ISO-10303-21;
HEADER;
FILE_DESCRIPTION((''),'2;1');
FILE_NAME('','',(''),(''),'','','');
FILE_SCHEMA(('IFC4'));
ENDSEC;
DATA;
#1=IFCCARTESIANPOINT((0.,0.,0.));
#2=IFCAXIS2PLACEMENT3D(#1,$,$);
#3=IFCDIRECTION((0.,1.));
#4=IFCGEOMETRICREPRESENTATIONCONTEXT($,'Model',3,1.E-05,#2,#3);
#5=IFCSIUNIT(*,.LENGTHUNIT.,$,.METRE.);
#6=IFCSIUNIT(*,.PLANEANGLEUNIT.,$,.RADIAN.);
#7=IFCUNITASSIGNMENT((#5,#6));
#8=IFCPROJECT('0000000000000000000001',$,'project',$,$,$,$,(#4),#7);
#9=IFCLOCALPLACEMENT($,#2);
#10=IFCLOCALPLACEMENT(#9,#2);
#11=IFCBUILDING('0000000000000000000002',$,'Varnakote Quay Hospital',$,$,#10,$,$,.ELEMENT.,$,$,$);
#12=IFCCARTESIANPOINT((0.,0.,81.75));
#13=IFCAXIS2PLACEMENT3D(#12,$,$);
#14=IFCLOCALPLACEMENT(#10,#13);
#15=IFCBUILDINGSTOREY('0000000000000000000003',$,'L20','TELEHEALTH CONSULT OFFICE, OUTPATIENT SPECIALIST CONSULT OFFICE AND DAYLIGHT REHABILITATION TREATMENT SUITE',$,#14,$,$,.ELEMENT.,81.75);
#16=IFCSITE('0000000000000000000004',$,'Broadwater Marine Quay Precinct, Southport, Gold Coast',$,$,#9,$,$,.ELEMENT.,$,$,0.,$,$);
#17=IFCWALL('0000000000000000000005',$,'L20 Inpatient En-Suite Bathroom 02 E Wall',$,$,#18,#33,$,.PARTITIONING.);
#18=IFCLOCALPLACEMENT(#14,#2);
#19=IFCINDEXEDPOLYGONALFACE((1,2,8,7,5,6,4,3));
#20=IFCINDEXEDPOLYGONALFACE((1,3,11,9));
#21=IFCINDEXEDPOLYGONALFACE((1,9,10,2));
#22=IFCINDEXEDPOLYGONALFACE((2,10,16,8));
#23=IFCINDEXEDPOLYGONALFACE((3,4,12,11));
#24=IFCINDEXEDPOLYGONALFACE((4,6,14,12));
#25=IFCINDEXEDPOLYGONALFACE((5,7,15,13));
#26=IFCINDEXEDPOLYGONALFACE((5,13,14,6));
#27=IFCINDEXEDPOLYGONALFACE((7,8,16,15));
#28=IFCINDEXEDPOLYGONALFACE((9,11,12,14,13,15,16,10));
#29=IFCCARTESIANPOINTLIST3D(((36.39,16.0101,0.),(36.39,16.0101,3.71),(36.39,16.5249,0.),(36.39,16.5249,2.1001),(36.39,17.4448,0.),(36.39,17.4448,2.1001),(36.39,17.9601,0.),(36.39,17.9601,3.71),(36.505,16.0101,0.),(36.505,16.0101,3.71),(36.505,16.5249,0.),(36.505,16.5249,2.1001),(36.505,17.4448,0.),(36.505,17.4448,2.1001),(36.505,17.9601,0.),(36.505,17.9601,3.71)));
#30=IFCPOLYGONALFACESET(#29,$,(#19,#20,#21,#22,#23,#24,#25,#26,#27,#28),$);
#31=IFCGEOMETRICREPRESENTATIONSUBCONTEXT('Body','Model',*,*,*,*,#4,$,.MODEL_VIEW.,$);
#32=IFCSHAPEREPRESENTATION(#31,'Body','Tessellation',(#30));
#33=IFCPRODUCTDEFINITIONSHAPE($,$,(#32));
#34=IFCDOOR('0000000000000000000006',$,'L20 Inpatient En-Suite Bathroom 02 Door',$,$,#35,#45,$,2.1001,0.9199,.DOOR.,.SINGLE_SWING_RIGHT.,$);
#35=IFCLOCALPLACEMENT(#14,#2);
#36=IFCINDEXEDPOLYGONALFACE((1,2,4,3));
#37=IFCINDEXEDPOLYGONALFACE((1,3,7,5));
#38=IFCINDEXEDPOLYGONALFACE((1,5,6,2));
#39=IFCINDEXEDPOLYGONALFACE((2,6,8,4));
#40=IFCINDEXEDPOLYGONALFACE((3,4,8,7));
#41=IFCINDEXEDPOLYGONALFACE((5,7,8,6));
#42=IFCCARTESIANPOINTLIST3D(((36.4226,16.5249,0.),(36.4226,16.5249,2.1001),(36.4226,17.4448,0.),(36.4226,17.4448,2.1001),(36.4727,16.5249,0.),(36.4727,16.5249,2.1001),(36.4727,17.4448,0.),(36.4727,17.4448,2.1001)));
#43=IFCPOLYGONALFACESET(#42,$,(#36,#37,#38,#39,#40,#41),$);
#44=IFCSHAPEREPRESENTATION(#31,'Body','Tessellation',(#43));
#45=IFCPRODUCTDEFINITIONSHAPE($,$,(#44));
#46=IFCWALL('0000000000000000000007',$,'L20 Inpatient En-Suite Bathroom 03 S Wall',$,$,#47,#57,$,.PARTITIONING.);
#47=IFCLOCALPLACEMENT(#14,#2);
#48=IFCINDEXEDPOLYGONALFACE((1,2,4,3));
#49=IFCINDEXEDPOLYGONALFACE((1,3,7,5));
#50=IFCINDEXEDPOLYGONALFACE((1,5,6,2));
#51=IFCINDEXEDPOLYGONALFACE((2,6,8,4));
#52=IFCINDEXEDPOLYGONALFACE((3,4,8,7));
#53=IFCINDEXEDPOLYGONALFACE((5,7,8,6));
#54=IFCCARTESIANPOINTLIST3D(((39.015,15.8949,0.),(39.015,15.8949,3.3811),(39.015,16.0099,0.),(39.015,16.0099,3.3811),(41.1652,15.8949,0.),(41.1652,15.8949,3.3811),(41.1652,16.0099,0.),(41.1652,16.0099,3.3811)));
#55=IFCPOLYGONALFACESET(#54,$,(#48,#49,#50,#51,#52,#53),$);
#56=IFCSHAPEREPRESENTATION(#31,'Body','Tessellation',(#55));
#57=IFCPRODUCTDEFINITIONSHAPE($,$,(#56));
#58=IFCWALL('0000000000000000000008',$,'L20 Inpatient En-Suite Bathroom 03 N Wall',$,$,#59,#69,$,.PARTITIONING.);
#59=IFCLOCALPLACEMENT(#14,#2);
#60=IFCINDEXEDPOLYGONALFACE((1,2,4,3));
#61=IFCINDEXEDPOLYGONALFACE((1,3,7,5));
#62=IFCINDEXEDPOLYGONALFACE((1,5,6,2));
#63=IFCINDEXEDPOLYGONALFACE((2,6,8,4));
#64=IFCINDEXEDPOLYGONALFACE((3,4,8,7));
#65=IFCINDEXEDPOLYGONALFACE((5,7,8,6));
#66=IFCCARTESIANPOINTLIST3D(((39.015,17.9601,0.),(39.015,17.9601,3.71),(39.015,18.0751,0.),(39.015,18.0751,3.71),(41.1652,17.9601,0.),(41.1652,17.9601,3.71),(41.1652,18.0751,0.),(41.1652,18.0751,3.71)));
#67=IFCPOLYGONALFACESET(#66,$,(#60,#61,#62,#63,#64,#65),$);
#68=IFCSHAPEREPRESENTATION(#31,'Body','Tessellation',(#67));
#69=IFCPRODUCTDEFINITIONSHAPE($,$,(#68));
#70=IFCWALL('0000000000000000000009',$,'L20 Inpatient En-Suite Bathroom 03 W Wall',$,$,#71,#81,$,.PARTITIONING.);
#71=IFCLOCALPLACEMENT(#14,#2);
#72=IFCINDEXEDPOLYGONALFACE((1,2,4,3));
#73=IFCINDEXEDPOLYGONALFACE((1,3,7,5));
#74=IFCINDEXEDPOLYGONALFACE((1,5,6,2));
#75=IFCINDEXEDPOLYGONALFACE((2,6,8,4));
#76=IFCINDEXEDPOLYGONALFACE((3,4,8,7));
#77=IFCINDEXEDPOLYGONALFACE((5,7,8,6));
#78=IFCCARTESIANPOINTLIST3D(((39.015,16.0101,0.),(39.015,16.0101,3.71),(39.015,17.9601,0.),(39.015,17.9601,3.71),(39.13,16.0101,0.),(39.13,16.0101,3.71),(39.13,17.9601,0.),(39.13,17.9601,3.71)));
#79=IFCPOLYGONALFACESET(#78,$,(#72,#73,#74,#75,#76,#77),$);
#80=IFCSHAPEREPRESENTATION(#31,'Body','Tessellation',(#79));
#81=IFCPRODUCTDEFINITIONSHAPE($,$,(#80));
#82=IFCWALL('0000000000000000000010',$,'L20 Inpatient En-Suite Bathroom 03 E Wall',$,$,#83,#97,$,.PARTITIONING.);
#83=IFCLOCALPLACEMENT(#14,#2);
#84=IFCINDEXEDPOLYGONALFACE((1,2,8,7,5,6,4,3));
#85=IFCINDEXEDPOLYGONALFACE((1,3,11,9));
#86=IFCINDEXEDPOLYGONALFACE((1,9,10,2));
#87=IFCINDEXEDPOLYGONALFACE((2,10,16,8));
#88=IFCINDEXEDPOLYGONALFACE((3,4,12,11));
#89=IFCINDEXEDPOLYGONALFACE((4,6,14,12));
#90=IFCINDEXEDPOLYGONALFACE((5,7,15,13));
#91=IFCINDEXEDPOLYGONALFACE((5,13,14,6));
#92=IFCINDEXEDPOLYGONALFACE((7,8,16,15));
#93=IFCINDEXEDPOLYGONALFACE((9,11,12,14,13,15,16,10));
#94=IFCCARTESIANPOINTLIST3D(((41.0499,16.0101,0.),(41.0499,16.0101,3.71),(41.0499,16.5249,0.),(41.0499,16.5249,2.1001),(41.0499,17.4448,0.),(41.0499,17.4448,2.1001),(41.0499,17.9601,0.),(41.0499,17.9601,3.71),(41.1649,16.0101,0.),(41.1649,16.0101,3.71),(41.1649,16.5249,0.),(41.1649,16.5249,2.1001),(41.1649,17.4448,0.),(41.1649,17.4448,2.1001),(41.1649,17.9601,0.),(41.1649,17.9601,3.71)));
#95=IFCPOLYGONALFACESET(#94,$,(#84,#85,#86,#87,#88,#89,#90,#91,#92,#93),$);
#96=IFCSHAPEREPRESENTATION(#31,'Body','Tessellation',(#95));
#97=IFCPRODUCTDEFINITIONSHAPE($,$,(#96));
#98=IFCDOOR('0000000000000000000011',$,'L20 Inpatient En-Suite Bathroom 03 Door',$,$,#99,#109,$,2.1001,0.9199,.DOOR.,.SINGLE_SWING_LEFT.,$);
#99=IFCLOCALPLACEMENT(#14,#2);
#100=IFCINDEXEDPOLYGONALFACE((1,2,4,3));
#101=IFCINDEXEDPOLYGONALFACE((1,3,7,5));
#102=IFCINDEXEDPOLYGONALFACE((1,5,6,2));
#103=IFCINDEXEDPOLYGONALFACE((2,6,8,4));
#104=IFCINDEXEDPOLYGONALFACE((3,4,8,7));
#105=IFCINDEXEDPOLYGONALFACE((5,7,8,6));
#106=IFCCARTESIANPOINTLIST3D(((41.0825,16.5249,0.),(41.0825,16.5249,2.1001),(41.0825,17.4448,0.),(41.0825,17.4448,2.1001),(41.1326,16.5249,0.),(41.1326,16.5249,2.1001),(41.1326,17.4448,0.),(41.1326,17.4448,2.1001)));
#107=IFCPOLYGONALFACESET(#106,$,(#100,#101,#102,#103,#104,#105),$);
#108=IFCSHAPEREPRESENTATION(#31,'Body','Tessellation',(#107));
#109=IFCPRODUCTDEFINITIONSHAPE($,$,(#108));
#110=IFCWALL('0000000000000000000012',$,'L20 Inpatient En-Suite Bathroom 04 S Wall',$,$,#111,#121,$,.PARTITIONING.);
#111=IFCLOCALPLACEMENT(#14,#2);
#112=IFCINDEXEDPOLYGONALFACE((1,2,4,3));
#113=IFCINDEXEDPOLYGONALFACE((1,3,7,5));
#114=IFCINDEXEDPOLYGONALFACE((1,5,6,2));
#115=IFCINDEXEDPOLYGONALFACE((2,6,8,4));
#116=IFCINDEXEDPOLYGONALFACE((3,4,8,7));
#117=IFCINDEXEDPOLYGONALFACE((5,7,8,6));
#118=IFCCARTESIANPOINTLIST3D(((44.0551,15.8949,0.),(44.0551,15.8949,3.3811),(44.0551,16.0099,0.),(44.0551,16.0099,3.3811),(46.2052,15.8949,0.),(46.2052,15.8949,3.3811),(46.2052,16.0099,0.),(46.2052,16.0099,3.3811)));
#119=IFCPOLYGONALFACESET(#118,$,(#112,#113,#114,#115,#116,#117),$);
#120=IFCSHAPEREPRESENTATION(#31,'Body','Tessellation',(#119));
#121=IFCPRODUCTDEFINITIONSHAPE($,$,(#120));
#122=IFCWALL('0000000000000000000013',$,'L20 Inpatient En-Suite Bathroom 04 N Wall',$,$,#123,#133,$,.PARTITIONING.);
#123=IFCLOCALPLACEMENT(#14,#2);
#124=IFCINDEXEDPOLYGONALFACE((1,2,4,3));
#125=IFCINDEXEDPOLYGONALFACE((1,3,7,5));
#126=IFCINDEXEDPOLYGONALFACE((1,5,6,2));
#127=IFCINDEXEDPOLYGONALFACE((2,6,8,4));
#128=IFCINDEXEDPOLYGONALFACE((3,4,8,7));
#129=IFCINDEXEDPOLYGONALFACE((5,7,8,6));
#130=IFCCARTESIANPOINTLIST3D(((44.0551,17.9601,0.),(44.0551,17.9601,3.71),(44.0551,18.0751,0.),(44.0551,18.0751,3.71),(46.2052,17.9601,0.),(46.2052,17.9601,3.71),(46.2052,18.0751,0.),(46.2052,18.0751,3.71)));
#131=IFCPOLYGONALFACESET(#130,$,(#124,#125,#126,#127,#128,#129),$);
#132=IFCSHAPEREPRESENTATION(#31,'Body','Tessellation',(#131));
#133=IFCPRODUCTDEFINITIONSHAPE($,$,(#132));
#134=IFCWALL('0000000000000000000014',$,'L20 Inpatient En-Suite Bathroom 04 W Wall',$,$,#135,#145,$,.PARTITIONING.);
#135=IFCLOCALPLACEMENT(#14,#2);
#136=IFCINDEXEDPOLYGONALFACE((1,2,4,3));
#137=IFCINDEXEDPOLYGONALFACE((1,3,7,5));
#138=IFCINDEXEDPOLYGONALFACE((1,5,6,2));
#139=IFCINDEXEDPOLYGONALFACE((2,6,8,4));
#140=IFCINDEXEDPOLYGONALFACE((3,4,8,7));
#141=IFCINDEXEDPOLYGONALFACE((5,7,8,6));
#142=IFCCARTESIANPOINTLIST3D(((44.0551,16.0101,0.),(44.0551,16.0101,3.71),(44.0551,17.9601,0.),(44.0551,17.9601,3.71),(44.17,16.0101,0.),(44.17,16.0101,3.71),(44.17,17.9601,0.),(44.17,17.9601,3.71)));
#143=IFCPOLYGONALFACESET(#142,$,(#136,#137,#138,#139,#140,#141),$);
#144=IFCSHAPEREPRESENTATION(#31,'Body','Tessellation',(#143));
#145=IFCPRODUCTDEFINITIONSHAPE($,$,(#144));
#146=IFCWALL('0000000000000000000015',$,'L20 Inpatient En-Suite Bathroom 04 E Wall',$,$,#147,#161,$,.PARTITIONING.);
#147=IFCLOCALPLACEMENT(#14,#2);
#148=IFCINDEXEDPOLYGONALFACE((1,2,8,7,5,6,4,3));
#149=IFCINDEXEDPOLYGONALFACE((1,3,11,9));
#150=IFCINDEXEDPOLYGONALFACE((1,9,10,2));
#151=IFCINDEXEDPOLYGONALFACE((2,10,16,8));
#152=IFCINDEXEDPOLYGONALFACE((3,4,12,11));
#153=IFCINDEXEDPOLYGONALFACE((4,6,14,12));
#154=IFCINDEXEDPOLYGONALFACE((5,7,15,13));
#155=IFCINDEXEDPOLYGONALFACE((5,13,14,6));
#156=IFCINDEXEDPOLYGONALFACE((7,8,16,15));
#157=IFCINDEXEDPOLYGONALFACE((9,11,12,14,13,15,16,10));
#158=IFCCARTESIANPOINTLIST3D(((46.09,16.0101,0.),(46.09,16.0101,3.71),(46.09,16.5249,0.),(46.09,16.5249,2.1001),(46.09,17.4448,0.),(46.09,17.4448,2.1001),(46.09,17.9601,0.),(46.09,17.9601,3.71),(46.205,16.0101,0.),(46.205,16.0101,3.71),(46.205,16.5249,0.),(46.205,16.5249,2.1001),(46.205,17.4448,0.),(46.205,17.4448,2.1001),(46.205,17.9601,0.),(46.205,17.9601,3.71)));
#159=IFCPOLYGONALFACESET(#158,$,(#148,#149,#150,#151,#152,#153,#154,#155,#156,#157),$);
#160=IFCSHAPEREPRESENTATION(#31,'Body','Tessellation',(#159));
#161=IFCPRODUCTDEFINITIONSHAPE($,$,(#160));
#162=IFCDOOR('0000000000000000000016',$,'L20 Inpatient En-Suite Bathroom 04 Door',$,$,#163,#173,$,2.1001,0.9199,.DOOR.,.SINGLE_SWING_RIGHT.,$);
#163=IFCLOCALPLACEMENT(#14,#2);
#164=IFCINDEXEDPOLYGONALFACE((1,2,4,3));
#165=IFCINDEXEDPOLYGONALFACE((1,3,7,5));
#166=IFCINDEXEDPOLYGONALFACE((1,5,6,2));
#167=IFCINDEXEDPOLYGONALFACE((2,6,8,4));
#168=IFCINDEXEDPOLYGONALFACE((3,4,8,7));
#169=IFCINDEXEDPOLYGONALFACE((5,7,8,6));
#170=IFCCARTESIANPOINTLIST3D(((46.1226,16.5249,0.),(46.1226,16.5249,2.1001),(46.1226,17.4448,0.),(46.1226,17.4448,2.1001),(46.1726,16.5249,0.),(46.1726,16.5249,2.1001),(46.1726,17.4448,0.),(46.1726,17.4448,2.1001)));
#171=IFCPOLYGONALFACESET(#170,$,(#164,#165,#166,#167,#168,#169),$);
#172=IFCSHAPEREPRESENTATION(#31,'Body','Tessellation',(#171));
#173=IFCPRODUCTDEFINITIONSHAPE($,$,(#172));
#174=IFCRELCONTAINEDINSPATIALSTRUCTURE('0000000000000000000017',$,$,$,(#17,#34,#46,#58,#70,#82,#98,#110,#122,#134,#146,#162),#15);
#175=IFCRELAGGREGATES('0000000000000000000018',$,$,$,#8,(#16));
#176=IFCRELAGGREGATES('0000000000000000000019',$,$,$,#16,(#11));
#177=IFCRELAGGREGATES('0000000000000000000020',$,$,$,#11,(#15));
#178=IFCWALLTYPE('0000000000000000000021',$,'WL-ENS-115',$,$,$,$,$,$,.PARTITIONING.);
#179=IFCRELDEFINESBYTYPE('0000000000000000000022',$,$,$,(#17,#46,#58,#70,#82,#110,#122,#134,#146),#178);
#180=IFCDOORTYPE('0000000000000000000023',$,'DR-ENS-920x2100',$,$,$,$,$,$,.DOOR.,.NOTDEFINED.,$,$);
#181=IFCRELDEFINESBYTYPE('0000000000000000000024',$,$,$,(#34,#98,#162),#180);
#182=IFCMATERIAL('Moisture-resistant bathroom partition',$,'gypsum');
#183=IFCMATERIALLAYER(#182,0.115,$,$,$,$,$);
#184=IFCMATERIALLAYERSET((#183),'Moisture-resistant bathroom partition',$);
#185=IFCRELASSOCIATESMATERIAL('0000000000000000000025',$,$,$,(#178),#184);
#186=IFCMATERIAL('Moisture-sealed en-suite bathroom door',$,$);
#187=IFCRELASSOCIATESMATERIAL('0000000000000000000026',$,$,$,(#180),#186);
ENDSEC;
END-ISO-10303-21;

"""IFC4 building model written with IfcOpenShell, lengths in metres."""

from ifc_helpers import new_model, si_unit, direction, frame, frame_2d, origin, place, context, subcontext, project, spatial, rectangle, extrude, material, layer, layer_set, type_object, element, fill, save


model = new_model("IFC4")

# Units and contexts
model_context = context("Model", 3, precision=1e-05, world=origin(), true_north=direction((0.0, 1.0)))
body_context = subcontext(model_context, "Body", "Model", "MODEL_VIEW")
ifc_project = project(units=[si_unit("LENGTHUNIT", "METRE"), si_unit("PLANEANGLEUNIT", "RADIAN")], contexts=[model_context])

# Site, building, storey
site_placement = place(None, origin())
site = spatial("IfcSite", under=ifc_project, at=site_placement, Name="Broadwater Marine Quay Precinct, Southport, Gold Coast", CompositionType="ELEMENT", RefElevation=0.0)
building_placement = place(site_placement, origin())
building = spatial("IfcBuilding", under=site, at=building_placement, Name="Varnakote Quay Hospital", CompositionType="ELEMENT")
storey_placement = place(building_placement, frame((0.0, 0.0, 81.75)))
storey = spatial("IfcBuildingStorey", under=building, at=storey_placement, Name="L20", Description="TELEHEALTH CONSULT OFFICE, OUTPATIENT SPECIALIST CONSULT OFFICE AND DAYLIGHT REHABILITATION TREATMENT SUITE", CompositionType="ELEMENT", Elevation=81.75)

# Shared definitions
ifc_material_1 = material(Name="Moisture-resistant bathroom partition", Category="gypsum")
ifc_layer_1 = layer(ifc_material_1, 0.115)
ifc_layer_set_1 = layer_set([ifc_layer_1], Name="Moisture-resistant bathroom partition")
wall_type_1 = type_object("IfcWallType", Name="WL-ENS-115", PredefinedType="PARTITIONING", material=ifc_layer_set_1)

# Wall, opening, door
wall_1_placement = place(storey_placement, frame((36.4475, 16.01, 0.0), z_axis=(0.0, 0.0, 1.0), x_axis=(0.0, 1.0, 0.0)))
wall_1 = element("IfcWall", 1, at=wall_1_placement, inside=storey, type_object=wall_type_1, Name="L20 Inpatient En-Suite Bathroom 02 E Wall", PredefinedType="PARTITIONING", context=body_context, shape_type="SweptSolid", body=[
    extrude(rectangle(XDim=1.95, YDim=0.115, at=frame_2d((0.9751, 0.0))), origin(), (0.0, 0.0, 1.0), 3.71),
])
opening_1_placement = place(wall_1_placement, frame((0.5149, 0.0, 0.0)))
opening_1 = element("IfcOpeningElement", 2, at=opening_1_placement, cuts=wall_1, PredefinedType="OPENING", context=body_context, shape_type="SweptSolid", body=[
    extrude(rectangle(XDim=0.9199, YDim=2.1001, at=frame_2d((0.46, 1.05))), frame((0.0, 0.0674, 0.0), z_axis=(0.0, -1.0, 0.0), x_axis=(1.0, 0.0, 0.0)), (0.0, 0.0, 1.0), 0.135),
])
ifc_material_2 = material(Name="Moisture-sealed en-suite bathroom door")
door_type_1 = type_object("IfcDoorType", Name="DR-ENS-920x2100", OperationType="NOTDEFINED", PredefinedType="DOOR", material=ifc_material_2)
door_1_placement = place(opening_1_placement, origin())
door_1 = element("IfcDoor", 3, at=door_1_placement, inside=storey, type_object=door_type_1, Name="L20 Inpatient En-Suite Bathroom 02 Door", OperationType="SINGLE_SWING_RIGHT", OverallHeight=2.1001, OverallWidth=0.9199, PredefinedType="DOOR", context=body_context, shape_type="SweptSolid", body=[
    extrude(rectangle(XDim=0.9199, YDim=2.1001, at=frame_2d((0.46, 1.05))), frame((0.0, 0.0249, 0.0), z_axis=(0.0, -1.0, 0.0), x_axis=(1.0, 0.0, 0.0)), (0.0, 0.0, 1.0), 0.05),
])
fill(opening_1, door_1)

# Walls
wall_2_placement = place(storey_placement, frame((39.0149, 15.9524, 0.0), z_axis=(0.0, 0.0, 1.0), x_axis=(1.0, 0.0, 0.0)))
element("IfcWall", 4, at=wall_2_placement, inside=storey, type_object=wall_type_1, Name="L20 Inpatient En-Suite Bathroom 03 S Wall", PredefinedType="PARTITIONING", context=body_context, shape_type="SweptSolid", body=[
    extrude(rectangle(XDim=2.1501, YDim=0.115, at=frame_2d((1.0752, 0.0))), origin(), (0.0, 0.0, 1.0), 3.3811),
])
wall_3_placement = place(storey_placement, frame((39.0149, 18.0176, 0.0), z_axis=(0.0, 0.0, 1.0), x_axis=(1.0, 0.0, 0.0)))
element("IfcWall", 5, at=wall_3_placement, inside=storey, type_object=wall_type_1, Name="L20 Inpatient En-Suite Bathroom 03 N Wall", PredefinedType="PARTITIONING", context=body_context, shape_type="SweptSolid", body=[
    extrude(rectangle(XDim=2.1501, YDim=0.115, at=frame_2d((1.0752, 0.0))), origin(), (0.0, 0.0, 1.0), 3.71),
])
wall_4_placement = place(storey_placement, frame((39.0725, 16.01, 0.0), z_axis=(0.0, 0.0, 1.0), x_axis=(0.0, 1.0, 0.0)))
element("IfcWall", 6, at=wall_4_placement, inside=storey, type_object=wall_type_1, Name="L20 Inpatient En-Suite Bathroom 03 W Wall", PredefinedType="PARTITIONING", context=body_context, shape_type="SweptSolid", body=[
    extrude(rectangle(XDim=1.95, YDim=0.115, at=frame_2d((0.9751, 0.0))), origin(), (0.0, 0.0, 1.0), 3.71),
])

# Wall, opening, door
wall_5_placement = place(storey_placement, frame((41.1074, 16.01, 0.0), z_axis=(0.0, 0.0, 1.0), x_axis=(0.0, 1.0, 0.0)))
wall_5 = element("IfcWall", 7, at=wall_5_placement, inside=storey, type_object=wall_type_1, Name="L20 Inpatient En-Suite Bathroom 03 E Wall", PredefinedType="PARTITIONING", context=body_context, shape_type="SweptSolid", body=[
    extrude(rectangle(XDim=1.95, YDim=0.115, at=frame_2d((0.9751, 0.0))), origin(), (0.0, 0.0, 1.0), 3.71),
])
opening_2_placement = place(wall_5_placement, frame((0.5149, 0.0, 0.0)))
opening_2 = element("IfcOpeningElement", 8, at=opening_2_placement, cuts=wall_5, PredefinedType="OPENING", context=body_context, shape_type="SweptSolid", body=[
    extrude(rectangle(XDim=0.9199, YDim=2.1001, at=frame_2d((0.46, 1.05))), frame((0.0, 0.0674, 0.0), z_axis=(0.0, -1.0, 0.0), x_axis=(1.0, 0.0, 0.0)), (0.0, 0.0, 1.0), 0.135),
])
door_2_placement = place(opening_2_placement, origin())
door_2 = element("IfcDoor", 9, at=door_2_placement, inside=storey, type_object=door_type_1, Name="L20 Inpatient En-Suite Bathroom 03 Door", OperationType="SINGLE_SWING_LEFT", OverallHeight=2.1001, OverallWidth=0.9199, PredefinedType="DOOR", context=body_context, shape_type="SweptSolid", body=[
    extrude(rectangle(XDim=0.9199, YDim=2.1001, at=frame_2d((0.46, 1.05))), frame((0.0, 0.0249, 0.0), z_axis=(0.0, -1.0, 0.0), x_axis=(1.0, 0.0, 0.0)), (0.0, 0.0, 1.0), 0.05),
])
fill(opening_2, door_2)

# Walls
wall_6_placement = place(storey_placement, frame((44.0549, 15.9524, 0.0), z_axis=(0.0, 0.0, 1.0), x_axis=(1.0, 0.0, 0.0)))
element("IfcWall", 10, at=wall_6_placement, inside=storey, type_object=wall_type_1, Name="L20 Inpatient En-Suite Bathroom 04 S Wall", PredefinedType="PARTITIONING", context=body_context, shape_type="SweptSolid", body=[
    extrude(rectangle(XDim=2.1501, YDim=0.115, at=frame_2d((1.0752, 0.0))), origin(), (0.0, 0.0, 1.0), 3.3811),
])
wall_7_placement = place(storey_placement, frame((44.0549, 18.0176, 0.0), z_axis=(0.0, 0.0, 1.0), x_axis=(1.0, 0.0, 0.0)))
element("IfcWall", 11, at=wall_7_placement, inside=storey, type_object=wall_type_1, Name="L20 Inpatient En-Suite Bathroom 04 N Wall", PredefinedType="PARTITIONING", context=body_context, shape_type="SweptSolid", body=[
    extrude(rectangle(XDim=2.1501, YDim=0.115, at=frame_2d((1.0752, 0.0))), origin(), (0.0, 0.0, 1.0), 3.71),
])
wall_8_placement = place(storey_placement, frame((44.1125, 16.01, 0.0), z_axis=(0.0, 0.0, 1.0), x_axis=(0.0, 1.0, 0.0)))
element("IfcWall", 12, at=wall_8_placement, inside=storey, type_object=wall_type_1, Name="L20 Inpatient En-Suite Bathroom 04 W Wall", PredefinedType="PARTITIONING", context=body_context, shape_type="SweptSolid", body=[
    extrude(rectangle(XDim=1.95, YDim=0.115, at=frame_2d((0.9751, 0.0))), origin(), (0.0, 0.0, 1.0), 3.71),
])

# Wall, opening, door
wall_9_placement = place(storey_placement, frame((46.1475, 16.01, 0.0), z_axis=(0.0, 0.0, 1.0), x_axis=(0.0, 1.0, 0.0)))
wall_9 = element("IfcWall", 13, at=wall_9_placement, inside=storey, type_object=wall_type_1, Name="L20 Inpatient En-Suite Bathroom 04 E Wall", PredefinedType="PARTITIONING", context=body_context, shape_type="SweptSolid", body=[
    extrude(rectangle(XDim=1.95, YDim=0.115, at=frame_2d((0.9751, 0.0))), origin(), (0.0, 0.0, 1.0), 3.71),
])
opening_3_placement = place(wall_9_placement, frame((0.5149, 0.0, 0.0)))
opening_3 = element("IfcOpeningElement", 14, at=opening_3_placement, cuts=wall_9, PredefinedType="OPENING", context=body_context, shape_type="SweptSolid", body=[
    extrude(rectangle(XDim=0.9199, YDim=2.1001, at=frame_2d((0.46, 1.05))), frame((0.0, 0.0674, 0.0), z_axis=(0.0, -1.0, 0.0), x_axis=(1.0, 0.0, 0.0)), (0.0, 0.0, 1.0), 0.135),
])
door_3_placement = place(opening_3_placement, origin())
door_3 = element("IfcDoor", 15, at=door_3_placement, inside=storey, type_object=door_type_1, Name="L20 Inpatient En-Suite Bathroom 04 Door", OperationType="SINGLE_SWING_RIGHT", OverallHeight=2.1001, OverallWidth=0.9199, PredefinedType="DOOR", context=body_context, shape_type="SweptSolid", body=[
    extrude(rectangle(XDim=0.9199, YDim=2.1001, at=frame_2d((0.46, 1.05))), frame((0.0, 0.0249, 0.0), z_axis=(0.0, -1.0, 0.0), x_axis=(1.0, 0.0, 0.0)), (0.0, 0.0, 1.0), 0.05),
])
fill(opening_3, door_3)

save(model, "model.ifc")
